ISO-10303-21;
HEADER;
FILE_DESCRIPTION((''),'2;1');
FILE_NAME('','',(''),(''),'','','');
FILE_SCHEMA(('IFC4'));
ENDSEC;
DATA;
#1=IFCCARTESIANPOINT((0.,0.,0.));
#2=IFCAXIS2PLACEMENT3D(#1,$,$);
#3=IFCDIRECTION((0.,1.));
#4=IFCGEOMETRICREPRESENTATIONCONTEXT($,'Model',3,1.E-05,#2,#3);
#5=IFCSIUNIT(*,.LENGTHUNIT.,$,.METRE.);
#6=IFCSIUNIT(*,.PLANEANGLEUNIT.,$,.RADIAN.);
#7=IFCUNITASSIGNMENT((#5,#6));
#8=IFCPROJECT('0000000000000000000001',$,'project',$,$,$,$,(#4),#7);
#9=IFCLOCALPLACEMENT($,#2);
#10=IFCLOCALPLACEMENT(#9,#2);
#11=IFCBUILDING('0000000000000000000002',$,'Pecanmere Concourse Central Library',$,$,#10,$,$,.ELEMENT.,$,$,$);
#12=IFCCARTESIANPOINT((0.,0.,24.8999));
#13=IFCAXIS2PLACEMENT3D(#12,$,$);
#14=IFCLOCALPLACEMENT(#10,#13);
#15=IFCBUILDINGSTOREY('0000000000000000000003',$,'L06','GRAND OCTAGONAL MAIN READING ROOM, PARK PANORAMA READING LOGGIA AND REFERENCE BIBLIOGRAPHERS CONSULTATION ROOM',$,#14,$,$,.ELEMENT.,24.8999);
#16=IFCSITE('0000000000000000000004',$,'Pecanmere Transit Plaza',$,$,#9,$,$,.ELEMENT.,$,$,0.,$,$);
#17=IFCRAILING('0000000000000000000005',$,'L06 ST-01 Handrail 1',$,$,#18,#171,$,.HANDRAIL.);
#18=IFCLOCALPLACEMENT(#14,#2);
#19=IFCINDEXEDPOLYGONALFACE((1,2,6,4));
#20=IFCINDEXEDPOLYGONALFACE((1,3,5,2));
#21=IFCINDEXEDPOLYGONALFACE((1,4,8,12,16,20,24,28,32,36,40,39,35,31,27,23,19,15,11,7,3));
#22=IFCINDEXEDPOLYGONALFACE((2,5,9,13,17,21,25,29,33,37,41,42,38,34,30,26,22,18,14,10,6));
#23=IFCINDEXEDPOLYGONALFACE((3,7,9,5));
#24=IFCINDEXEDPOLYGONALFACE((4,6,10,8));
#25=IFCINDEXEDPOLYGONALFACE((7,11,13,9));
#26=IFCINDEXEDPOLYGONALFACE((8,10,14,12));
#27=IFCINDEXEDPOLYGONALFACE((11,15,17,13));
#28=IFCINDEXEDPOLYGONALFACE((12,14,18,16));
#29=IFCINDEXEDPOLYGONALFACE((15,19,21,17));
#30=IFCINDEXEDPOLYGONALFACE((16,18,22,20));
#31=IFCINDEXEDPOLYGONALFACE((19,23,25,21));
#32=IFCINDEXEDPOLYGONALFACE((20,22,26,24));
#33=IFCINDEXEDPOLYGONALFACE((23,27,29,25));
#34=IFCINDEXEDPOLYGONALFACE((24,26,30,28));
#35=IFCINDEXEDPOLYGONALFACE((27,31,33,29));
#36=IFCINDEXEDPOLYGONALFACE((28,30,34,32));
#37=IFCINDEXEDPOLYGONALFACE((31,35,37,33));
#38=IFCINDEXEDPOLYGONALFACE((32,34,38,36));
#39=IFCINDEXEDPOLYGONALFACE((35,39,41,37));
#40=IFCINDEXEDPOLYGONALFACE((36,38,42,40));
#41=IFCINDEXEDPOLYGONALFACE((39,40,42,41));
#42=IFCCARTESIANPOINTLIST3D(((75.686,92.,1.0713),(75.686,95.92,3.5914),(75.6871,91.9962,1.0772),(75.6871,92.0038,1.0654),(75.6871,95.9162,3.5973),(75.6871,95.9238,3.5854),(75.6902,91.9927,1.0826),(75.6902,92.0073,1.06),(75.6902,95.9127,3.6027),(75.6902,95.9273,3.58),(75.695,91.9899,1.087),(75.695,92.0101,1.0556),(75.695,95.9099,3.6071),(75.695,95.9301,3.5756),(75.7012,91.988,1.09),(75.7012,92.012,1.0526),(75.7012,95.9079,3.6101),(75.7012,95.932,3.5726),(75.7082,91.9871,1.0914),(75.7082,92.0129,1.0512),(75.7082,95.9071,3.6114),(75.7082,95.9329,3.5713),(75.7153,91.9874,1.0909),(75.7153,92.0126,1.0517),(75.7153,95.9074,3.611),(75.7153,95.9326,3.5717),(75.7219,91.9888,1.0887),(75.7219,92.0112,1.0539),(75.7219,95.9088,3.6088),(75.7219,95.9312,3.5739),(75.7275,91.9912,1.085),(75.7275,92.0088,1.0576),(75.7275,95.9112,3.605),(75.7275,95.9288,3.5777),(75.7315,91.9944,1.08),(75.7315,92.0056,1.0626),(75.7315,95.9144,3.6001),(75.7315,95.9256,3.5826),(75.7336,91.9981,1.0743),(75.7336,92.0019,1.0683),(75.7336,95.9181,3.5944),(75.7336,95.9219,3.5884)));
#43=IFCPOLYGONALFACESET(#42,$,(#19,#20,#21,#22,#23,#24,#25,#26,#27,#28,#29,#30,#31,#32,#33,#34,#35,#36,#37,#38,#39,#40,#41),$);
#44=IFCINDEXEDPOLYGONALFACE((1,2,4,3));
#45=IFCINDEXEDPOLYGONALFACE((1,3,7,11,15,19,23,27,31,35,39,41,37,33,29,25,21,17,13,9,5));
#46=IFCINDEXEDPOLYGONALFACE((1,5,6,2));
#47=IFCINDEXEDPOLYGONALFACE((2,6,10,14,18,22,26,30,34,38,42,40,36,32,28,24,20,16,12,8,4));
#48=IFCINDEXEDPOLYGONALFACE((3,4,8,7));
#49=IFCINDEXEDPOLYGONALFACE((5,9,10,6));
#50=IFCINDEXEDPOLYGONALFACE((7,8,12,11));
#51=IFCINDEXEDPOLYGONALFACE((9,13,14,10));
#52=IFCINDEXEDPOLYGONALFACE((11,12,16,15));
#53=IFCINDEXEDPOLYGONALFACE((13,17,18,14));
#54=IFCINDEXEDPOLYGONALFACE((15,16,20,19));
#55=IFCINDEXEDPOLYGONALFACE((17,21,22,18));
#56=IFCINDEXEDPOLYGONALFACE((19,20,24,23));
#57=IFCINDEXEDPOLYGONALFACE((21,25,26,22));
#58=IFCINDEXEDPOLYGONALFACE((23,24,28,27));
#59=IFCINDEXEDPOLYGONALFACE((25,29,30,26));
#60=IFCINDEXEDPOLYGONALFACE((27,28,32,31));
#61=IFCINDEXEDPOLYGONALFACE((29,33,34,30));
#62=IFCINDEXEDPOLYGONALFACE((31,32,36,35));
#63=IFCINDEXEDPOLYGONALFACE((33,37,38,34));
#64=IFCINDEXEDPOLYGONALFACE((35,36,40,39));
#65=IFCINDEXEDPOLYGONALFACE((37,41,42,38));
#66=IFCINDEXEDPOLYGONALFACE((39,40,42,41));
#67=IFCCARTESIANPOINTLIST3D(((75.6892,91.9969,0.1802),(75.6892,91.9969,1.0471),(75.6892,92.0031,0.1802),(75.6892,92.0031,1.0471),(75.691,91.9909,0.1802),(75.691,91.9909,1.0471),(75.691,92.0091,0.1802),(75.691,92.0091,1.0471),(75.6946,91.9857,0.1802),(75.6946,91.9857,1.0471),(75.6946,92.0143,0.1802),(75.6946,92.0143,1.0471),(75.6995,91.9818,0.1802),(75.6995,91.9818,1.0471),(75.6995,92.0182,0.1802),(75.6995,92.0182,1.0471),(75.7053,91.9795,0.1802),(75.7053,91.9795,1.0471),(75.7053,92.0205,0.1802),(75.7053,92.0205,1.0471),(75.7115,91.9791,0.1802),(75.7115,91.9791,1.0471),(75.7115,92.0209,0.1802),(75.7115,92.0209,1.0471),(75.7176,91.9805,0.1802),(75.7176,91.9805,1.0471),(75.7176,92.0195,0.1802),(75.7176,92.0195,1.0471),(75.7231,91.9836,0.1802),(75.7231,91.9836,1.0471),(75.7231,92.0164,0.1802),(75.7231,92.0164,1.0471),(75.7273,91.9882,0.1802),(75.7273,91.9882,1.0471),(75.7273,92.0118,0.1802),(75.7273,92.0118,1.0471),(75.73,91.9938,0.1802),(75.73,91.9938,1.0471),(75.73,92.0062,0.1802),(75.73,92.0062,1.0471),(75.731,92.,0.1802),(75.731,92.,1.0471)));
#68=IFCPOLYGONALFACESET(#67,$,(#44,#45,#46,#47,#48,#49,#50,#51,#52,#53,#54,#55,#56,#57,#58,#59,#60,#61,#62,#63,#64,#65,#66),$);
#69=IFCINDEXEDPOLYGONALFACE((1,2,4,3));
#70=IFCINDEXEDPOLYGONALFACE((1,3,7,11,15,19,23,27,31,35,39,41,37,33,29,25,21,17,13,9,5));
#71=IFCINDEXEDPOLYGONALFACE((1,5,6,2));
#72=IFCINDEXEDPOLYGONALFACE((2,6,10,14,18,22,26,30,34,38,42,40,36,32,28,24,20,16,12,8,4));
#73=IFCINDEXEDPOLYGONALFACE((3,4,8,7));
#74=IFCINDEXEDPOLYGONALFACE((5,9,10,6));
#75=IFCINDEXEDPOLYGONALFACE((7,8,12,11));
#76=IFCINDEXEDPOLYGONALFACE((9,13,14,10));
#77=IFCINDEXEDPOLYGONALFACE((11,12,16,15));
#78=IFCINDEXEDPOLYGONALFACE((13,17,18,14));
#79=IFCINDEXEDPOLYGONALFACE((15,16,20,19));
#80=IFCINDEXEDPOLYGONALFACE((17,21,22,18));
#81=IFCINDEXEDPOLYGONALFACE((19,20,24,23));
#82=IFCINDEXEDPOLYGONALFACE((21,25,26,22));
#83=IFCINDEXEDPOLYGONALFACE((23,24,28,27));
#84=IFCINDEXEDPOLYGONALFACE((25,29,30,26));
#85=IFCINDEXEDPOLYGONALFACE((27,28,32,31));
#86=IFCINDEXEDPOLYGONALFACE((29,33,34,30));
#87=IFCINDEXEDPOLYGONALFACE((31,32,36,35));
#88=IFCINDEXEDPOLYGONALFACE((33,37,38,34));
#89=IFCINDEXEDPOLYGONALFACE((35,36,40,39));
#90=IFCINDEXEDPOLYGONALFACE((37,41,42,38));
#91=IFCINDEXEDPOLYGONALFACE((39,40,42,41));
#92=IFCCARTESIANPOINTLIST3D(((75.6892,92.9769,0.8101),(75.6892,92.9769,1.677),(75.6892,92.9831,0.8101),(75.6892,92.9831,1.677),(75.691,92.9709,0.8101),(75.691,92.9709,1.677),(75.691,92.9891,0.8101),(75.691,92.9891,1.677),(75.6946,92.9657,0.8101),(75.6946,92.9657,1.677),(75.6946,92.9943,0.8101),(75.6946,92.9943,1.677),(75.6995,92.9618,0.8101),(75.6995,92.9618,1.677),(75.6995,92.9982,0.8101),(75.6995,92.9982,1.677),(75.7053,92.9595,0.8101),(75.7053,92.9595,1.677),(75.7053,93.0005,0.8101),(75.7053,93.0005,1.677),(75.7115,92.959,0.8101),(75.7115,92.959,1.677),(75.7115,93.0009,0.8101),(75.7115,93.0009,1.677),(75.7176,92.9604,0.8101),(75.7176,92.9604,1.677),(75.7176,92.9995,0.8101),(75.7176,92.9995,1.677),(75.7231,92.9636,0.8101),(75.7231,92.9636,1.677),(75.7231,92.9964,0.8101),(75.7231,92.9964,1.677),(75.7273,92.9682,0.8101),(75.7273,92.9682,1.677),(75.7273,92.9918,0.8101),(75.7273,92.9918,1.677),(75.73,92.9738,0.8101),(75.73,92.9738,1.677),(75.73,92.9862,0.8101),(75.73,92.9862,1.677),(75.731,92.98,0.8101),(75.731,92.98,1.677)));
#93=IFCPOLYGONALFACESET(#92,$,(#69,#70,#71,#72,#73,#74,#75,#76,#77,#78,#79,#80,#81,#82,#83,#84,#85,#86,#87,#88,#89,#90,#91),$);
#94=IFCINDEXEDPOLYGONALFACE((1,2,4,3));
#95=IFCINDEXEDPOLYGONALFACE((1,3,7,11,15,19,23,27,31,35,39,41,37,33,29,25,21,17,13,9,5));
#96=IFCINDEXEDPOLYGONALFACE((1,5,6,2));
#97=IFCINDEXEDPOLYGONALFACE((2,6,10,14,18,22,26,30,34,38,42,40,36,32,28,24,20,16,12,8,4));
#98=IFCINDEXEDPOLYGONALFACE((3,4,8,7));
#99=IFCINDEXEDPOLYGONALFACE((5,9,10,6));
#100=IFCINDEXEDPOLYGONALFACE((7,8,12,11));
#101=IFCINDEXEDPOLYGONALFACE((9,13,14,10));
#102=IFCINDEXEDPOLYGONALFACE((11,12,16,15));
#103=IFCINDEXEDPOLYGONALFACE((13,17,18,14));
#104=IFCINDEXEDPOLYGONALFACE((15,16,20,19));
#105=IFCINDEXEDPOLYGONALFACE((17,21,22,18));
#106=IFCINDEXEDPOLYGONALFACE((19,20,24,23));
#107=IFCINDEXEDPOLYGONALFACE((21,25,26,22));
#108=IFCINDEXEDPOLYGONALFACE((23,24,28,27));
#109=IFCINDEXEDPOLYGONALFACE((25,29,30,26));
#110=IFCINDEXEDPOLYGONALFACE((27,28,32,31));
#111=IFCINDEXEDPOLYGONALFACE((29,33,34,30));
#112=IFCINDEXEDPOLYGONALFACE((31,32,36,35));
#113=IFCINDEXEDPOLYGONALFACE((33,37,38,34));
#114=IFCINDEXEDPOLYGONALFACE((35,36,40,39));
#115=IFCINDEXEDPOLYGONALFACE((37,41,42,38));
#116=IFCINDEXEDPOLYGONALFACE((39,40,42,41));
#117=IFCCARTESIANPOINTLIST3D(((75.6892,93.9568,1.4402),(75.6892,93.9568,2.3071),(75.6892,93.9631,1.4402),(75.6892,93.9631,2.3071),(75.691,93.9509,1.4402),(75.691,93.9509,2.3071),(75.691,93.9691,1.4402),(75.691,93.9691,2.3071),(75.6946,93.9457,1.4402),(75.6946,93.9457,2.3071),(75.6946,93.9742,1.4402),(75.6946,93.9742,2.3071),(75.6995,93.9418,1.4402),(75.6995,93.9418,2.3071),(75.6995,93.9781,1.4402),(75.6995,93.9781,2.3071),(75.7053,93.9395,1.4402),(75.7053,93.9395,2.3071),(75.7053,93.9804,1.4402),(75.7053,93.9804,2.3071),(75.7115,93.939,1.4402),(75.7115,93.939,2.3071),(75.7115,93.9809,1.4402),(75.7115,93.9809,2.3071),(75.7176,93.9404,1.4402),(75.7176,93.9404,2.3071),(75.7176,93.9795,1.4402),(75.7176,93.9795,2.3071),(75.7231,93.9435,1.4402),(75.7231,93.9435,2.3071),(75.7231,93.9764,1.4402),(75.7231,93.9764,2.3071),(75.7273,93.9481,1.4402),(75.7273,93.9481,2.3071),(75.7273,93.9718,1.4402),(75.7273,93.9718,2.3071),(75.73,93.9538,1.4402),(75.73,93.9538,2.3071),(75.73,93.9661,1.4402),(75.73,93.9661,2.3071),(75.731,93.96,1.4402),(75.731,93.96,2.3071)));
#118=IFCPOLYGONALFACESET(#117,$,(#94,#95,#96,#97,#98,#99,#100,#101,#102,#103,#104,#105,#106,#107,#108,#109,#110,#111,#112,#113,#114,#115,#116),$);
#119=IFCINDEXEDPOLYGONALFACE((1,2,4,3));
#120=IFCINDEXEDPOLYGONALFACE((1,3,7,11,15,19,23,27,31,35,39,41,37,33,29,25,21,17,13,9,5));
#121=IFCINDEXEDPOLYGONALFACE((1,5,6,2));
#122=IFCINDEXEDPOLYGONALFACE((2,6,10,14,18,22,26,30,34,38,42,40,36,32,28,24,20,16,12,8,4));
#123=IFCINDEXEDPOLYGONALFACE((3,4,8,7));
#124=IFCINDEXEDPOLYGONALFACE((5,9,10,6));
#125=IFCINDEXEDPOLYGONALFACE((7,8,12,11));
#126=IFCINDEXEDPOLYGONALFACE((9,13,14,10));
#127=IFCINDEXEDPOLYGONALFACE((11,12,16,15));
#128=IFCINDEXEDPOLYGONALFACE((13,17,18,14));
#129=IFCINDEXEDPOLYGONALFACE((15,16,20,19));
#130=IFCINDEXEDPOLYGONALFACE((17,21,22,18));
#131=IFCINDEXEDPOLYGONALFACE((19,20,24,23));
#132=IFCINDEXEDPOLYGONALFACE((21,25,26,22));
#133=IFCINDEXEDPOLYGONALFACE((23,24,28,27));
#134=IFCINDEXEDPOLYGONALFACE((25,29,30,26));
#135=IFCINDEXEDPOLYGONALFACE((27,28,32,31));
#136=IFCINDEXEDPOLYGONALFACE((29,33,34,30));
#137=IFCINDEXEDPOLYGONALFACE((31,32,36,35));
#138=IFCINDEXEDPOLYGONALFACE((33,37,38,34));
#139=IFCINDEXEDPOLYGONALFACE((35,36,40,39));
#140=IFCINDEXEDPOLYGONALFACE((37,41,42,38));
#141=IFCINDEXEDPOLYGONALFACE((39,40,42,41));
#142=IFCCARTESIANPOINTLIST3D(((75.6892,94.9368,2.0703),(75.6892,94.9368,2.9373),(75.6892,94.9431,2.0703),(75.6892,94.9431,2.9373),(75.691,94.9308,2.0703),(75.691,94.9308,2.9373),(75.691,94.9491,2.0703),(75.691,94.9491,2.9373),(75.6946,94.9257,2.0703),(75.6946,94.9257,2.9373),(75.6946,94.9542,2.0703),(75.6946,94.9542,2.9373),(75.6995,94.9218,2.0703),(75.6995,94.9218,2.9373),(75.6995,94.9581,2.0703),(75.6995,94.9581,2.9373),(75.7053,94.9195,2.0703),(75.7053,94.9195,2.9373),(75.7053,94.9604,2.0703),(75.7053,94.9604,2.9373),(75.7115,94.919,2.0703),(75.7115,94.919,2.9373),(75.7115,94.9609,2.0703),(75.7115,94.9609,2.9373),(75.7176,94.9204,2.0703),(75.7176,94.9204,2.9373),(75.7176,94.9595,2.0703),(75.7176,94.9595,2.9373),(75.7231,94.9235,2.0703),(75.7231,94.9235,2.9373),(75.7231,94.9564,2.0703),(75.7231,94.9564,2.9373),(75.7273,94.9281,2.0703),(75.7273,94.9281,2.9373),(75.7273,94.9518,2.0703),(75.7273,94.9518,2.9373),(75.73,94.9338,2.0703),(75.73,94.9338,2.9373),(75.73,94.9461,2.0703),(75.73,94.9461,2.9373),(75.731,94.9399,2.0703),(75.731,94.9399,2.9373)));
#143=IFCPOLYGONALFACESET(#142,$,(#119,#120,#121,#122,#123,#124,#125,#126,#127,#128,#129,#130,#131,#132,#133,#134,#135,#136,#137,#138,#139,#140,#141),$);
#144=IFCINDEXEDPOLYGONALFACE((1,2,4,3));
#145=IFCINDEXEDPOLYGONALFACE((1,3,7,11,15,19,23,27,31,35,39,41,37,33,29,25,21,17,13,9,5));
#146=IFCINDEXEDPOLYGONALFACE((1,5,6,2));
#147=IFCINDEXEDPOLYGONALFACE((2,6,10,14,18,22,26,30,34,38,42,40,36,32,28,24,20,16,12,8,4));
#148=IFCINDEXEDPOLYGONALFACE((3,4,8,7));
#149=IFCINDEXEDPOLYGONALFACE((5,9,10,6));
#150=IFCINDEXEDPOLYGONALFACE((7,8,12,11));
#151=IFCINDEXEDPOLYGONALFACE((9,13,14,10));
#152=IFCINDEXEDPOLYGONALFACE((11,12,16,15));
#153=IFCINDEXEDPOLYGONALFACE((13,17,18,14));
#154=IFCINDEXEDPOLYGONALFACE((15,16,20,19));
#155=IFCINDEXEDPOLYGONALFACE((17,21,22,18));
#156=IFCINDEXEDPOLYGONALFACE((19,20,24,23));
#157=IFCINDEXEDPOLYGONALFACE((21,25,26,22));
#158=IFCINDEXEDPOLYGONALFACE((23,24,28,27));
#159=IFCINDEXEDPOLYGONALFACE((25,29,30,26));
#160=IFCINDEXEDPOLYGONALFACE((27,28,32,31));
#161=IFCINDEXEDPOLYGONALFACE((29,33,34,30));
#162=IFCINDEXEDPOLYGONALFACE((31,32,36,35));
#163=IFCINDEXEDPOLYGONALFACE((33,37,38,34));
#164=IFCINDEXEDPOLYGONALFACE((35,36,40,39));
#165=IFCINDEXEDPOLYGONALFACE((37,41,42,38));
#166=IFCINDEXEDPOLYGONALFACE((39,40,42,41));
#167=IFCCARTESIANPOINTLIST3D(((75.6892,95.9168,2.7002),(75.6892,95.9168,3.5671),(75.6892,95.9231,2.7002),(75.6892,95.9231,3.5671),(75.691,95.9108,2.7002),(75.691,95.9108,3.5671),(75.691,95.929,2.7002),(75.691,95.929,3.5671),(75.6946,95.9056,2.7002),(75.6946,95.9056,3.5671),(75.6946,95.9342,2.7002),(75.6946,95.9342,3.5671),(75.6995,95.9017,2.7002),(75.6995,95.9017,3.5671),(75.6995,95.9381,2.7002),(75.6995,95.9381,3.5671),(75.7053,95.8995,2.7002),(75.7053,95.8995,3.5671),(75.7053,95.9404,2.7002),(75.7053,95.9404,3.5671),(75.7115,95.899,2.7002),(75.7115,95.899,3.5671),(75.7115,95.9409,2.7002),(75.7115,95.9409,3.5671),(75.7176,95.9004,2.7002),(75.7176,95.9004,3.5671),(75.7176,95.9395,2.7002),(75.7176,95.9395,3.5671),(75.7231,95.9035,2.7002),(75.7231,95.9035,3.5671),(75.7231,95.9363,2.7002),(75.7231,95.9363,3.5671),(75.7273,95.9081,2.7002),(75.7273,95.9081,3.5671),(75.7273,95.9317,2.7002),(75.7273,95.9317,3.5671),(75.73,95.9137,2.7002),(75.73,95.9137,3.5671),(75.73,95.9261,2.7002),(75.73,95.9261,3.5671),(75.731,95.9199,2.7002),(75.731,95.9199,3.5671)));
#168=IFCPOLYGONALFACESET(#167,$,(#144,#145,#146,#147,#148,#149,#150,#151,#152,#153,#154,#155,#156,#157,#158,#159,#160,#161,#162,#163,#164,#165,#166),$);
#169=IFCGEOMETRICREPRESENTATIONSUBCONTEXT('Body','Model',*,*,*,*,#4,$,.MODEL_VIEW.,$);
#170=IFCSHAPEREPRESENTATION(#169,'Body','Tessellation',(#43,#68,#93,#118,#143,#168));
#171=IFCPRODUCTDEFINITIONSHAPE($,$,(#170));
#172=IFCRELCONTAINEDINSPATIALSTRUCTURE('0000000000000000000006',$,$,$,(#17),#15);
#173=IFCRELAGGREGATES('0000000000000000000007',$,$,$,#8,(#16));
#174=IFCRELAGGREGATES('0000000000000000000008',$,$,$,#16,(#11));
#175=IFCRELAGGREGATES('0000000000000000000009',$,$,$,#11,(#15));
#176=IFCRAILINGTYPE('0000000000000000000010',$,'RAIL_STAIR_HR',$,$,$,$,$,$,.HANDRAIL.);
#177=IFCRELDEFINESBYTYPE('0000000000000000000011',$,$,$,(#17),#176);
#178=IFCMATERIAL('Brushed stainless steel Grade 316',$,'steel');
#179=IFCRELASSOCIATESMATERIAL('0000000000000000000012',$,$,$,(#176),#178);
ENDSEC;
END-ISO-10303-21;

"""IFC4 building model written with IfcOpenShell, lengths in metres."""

from ifc_helpers import new_model, si_unit, direction, frame, origin, origin_2d, place, context, subcontext, project, spatial, circle, extrude, material, type_object, element, save


model = new_model("IFC4")

# Units and contexts
model_context = context("Model", 3, precision=1e-05, world=origin(), true_north=direction((0.0, 1.0)))
body_context = subcontext(model_context, "Body", "Model", "MODEL_VIEW")
ifc_project = project(units=[si_unit("LENGTHUNIT", "METRE"), si_unit("PLANEANGLEUNIT", "RADIAN")], contexts=[model_context])

# Site, building, storey
site_placement = place(None, origin())
site = spatial("IfcSite", under=ifc_project, at=site_placement, Name="Pecanmere Transit Plaza", CompositionType="ELEMENT", RefElevation=0.0)
building_placement = place(site_placement, origin())
building = spatial("IfcBuilding", under=site, at=building_placement, Name="Pecanmere Concourse Central Library", CompositionType="ELEMENT")
storey_placement = place(building_placement, frame((0.0, 0.0, 24.8999)))
storey = spatial("IfcBuildingStorey", under=building, at=storey_placement, Name="L06", Description="GRAND OCTAGONAL MAIN READING ROOM, PARK PANORAMA READING LOGGIA AND REFERENCE BIBLIOGRAPHERS CONSULTATION ROOM", CompositionType="ELEMENT", Elevation=24.8999)

# Railing
ifc_material_1 = material(Name="Brushed stainless steel Grade 316", Category="steel")
railing_type_1 = type_object("IfcRailingType", Name="RAIL_STAIR_HR", PredefinedType="HANDRAIL", material=ifc_material_1)
railing_1_placement = place(storey_placement, frame((75.71, 92.0, 0.1802)))
element("IfcRailing", 1, at=railing_1_placement, inside=storey, type_object=railing_type_1, Name="L06 ST-01 Handrail 1", PredefinedType="HANDRAIL", context=body_context, shape_type="SweptSolid", body=[
    extrude(circle(Radius=0.0239, at=origin_2d()), frame((0.0, 0.0, 0.8911), z_axis=(0.0, 0.841172, 0.540768), x_axis=(-1.0, 0.0, 0.0)), (0.0, 0.0, 1.0), 4.6602),
    extrude(circle(Radius=0.021, at=origin_2d()), origin(), (0.0, 0.0, 1.0), 0.8669),
    extrude(circle(Radius=0.021, at=origin_2d()), frame((0.0, 0.98, 0.6299)), (0.0, 0.0, 1.0), 0.8669),
    extrude(circle(Radius=0.021, at=origin_2d()), frame((0.0, 1.96, 1.26)), (0.0, 0.0, 1.0), 0.8669),
    extrude(circle(Radius=0.021, at=origin_2d()), frame((0.0, 2.9399, 1.8901)), (0.0, 0.0, 1.0), 0.8669),
    extrude(circle(Radius=0.021, at=origin_2d()), frame((0.0, 3.9199, 2.52)), (0.0, 0.0, 1.0), 0.8669),
])

save(model, "model.ifc")
